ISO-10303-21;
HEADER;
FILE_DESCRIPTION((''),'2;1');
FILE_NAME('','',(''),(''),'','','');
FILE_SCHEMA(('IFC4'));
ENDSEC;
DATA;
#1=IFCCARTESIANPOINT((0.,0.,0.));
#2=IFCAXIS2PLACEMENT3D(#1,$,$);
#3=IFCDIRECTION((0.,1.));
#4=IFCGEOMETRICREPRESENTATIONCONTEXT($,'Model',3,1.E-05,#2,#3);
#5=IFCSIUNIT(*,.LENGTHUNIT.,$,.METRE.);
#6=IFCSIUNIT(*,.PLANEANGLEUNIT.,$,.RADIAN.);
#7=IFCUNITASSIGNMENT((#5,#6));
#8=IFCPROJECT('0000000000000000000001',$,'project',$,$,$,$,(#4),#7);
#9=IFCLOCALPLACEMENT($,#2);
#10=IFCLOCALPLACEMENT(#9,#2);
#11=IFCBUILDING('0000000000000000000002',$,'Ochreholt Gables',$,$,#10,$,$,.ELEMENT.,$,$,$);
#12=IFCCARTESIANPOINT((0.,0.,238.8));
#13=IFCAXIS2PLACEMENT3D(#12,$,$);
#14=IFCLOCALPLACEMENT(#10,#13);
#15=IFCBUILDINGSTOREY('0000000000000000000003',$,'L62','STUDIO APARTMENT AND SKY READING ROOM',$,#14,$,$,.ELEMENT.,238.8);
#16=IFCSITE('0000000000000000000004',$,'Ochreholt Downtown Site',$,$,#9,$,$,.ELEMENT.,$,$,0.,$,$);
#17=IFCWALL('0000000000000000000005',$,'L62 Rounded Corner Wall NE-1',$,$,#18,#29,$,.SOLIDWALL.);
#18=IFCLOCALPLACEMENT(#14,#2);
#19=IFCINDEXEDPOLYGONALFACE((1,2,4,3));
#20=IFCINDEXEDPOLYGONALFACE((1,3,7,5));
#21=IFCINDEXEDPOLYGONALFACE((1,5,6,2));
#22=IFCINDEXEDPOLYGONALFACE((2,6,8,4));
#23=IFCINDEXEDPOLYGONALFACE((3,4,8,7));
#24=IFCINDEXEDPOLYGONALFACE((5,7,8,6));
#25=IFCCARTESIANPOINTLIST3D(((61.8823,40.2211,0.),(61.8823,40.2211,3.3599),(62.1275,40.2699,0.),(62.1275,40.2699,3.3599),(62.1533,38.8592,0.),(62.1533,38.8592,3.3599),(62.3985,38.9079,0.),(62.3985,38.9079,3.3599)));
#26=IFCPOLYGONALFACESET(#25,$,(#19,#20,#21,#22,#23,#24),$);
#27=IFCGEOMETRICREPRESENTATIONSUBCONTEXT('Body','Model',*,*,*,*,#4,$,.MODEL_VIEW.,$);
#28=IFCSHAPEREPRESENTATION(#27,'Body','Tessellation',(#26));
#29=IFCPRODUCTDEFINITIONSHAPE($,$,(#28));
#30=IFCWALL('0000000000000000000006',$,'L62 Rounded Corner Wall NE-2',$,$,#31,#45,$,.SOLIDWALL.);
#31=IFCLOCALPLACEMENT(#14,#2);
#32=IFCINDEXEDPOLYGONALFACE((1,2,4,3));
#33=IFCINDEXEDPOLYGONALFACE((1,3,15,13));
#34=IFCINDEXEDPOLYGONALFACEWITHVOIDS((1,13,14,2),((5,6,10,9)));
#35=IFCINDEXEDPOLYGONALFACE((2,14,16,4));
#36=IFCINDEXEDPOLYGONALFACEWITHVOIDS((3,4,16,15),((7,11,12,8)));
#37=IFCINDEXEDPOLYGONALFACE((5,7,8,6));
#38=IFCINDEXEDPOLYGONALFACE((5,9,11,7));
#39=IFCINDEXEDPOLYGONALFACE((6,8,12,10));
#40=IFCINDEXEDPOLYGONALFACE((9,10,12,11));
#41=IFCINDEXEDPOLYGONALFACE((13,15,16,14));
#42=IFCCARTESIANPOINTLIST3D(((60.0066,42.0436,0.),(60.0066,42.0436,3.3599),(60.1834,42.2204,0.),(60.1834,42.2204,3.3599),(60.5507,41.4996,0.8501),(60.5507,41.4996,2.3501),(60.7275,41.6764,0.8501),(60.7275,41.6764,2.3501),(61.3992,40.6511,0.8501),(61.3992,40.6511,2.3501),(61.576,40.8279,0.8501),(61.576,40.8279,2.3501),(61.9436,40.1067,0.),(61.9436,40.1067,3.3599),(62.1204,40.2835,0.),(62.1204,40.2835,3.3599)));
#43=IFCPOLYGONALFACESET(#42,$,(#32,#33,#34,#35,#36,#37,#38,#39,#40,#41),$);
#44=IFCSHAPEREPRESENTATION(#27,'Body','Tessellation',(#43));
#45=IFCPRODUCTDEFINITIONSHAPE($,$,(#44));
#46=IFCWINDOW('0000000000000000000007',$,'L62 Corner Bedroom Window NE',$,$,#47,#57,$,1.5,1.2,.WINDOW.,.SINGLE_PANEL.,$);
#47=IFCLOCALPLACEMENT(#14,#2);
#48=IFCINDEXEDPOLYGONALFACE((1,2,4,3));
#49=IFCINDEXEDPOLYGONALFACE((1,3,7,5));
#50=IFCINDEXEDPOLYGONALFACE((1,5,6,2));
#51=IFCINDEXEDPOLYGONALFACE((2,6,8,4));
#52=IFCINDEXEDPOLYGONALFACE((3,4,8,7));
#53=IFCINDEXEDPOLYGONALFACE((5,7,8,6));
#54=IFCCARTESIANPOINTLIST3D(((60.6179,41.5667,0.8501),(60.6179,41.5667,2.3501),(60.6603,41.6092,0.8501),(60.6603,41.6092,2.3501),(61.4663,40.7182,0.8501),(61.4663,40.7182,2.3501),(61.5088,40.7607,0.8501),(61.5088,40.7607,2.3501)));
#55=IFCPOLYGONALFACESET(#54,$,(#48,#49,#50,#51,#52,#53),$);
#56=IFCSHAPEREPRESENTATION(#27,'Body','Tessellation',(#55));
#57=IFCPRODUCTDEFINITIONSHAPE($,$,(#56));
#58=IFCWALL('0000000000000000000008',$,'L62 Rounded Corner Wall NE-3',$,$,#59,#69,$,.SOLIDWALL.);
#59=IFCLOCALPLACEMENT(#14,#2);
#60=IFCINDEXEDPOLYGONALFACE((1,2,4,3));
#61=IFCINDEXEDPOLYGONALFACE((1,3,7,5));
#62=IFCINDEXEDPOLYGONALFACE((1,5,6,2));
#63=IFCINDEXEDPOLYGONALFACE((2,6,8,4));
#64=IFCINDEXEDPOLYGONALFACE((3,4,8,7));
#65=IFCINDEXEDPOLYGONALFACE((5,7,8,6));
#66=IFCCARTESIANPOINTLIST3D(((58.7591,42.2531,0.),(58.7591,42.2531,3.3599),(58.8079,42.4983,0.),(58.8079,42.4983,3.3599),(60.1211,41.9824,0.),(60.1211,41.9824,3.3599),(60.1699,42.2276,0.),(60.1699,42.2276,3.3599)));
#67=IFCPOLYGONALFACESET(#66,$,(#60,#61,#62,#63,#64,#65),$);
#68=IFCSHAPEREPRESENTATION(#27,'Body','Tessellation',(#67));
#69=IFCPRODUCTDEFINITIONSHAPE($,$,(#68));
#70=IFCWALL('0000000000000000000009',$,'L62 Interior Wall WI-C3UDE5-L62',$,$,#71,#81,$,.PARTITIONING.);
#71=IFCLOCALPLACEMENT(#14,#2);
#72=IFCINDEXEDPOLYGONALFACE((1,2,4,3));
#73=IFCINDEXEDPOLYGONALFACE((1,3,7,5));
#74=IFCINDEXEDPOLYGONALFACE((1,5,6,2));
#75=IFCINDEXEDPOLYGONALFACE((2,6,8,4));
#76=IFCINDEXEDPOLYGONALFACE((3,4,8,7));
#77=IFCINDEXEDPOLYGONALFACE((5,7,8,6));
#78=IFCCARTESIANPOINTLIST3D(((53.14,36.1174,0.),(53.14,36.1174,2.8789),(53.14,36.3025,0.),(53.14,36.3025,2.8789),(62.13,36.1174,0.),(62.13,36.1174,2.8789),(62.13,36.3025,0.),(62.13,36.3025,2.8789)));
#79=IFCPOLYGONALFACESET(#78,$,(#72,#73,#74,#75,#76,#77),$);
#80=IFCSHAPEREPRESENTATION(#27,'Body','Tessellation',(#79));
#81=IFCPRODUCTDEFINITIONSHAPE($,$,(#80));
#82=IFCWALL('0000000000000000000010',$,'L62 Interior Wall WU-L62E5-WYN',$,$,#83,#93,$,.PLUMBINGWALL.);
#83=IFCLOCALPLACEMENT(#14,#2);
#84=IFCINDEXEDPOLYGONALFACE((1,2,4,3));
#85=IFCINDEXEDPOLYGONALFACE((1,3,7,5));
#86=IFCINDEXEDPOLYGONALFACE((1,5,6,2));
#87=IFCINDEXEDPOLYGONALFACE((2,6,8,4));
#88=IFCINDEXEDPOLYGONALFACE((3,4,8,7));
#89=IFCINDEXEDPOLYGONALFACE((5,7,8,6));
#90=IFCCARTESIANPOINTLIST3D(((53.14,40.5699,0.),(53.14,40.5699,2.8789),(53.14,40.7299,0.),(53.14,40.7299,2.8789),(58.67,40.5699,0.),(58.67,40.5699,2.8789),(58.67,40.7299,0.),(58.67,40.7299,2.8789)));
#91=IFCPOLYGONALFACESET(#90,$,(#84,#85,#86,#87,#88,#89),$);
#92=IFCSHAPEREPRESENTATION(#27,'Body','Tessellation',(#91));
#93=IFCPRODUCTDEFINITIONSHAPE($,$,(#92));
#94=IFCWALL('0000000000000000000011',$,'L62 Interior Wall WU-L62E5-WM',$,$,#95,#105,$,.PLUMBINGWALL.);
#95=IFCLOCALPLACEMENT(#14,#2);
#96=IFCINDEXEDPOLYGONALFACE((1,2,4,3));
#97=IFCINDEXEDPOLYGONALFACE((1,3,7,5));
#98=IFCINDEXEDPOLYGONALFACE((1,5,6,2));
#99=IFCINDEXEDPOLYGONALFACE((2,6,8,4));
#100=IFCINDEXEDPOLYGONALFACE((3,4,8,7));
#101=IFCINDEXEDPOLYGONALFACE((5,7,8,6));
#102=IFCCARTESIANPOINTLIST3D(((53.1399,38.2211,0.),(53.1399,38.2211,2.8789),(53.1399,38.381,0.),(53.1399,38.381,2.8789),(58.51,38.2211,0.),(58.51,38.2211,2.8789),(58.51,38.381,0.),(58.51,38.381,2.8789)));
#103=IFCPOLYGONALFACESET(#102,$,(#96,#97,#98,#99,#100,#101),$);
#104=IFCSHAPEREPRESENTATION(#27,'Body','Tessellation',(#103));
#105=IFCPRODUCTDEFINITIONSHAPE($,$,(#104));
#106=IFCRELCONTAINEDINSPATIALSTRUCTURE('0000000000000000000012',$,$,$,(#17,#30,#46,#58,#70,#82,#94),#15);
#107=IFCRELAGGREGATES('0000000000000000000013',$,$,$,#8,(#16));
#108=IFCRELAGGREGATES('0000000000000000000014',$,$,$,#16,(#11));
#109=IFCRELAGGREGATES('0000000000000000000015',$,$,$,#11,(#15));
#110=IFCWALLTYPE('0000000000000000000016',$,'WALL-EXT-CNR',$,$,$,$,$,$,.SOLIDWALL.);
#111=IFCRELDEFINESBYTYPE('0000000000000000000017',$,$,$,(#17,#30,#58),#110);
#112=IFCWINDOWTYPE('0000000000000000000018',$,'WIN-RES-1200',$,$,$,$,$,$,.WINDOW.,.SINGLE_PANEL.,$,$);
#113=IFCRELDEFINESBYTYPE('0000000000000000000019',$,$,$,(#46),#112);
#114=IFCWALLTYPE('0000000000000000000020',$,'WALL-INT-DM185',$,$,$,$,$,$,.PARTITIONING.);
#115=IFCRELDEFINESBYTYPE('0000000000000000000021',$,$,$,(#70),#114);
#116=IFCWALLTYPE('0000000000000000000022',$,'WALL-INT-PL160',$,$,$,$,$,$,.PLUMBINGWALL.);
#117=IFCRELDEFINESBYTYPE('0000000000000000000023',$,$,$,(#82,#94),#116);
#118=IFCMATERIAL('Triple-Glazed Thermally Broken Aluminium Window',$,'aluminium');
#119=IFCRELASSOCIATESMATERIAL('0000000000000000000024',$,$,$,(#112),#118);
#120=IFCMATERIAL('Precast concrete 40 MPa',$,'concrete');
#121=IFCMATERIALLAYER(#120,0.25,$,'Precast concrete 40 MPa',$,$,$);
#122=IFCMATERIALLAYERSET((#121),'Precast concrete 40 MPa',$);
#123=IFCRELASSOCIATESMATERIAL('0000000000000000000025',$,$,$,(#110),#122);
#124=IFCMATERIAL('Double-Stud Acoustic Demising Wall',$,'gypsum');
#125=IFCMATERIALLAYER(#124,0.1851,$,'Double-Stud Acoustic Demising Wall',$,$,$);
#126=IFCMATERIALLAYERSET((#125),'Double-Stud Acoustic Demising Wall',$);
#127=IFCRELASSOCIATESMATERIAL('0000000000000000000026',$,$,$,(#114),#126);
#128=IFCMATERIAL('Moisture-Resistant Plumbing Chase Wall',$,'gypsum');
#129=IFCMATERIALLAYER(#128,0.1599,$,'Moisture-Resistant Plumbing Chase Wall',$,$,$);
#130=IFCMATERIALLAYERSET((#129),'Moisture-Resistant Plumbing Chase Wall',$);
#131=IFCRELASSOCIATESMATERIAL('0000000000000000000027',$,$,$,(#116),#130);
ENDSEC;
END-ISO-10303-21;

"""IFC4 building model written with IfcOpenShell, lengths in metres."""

from ifc_helpers import new_model, si_unit, direction, frame, frame_2d, origin, place, context, subcontext, project, spatial, rectangle, extrude, material, layer, layer_set, type_object, element, fill, save


model = new_model("IFC4")

# Units and contexts
model_context = context("Model", 3, precision=1e-05, world=origin(), true_north=direction((0.0, 1.0)))
body_context = subcontext(model_context, "Body", "Model", "MODEL_VIEW")
ifc_project = project(units=[si_unit("LENGTHUNIT", "METRE"), si_unit("PLANEANGLEUNIT", "RADIAN")], contexts=[model_context])

# Site, building, storey
site_placement = place(None, origin())
site = spatial("IfcSite", under=ifc_project, at=site_placement, Name="Ochreholt Downtown Site", CompositionType="ELEMENT", RefElevation=0.0)
building_placement = place(site_placement, origin())
building = spatial("IfcBuilding", under=site, at=building_placement, Name="Ochreholt Gables", CompositionType="ELEMENT")
storey_placement = place(building_placement, frame((0.0, 0.0, 238.8)))
storey = spatial("IfcBuildingStorey", under=building, at=storey_placement, Name="L62", Description="STUDIO APARTMENT AND SKY READING ROOM", CompositionType="ELEMENT", Elevation=238.8)

# Shared definitions
ifc_material_1 = material(Name="Precast concrete 40 MPa", Category="concrete")
ifc_material_2 = material(Name="Triple-Glazed Thermally Broken Aluminium Window", Category="aluminium")
window_type = type_object("IfcWindowType", Name="WIN-RES-1200", PartitioningType="SINGLE_PANEL", PredefinedType="WINDOW", material=ifc_material_2)

# Wall
ifc_layer_1 = layer(ifc_material_1, 0.25, Name="Precast concrete 40 MPa")
ifc_layer_set_1 = layer_set([ifc_layer_1], Name="Precast concrete 40 MPa")
wall_type_1 = type_object("IfcWallType", Name="WALL-EXT-CNR", PredefinedType="SOLIDWALL", material=ifc_layer_set_1)
wall_1_placement = place(storey_placement, frame((62.2759, 38.8835, 0.0), z_axis=(0.0, 0.0, 1.0), x_axis=(-0.195136, 0.980776, 0.0)))
element("IfcWall", 1, at=wall_1_placement, inside=storey, type_object=wall_type_1, Name="L62 Rounded Corner Wall NE-1", PredefinedType="SOLIDWALL", context=body_context, shape_type="SweptSolid", body=[
    extrude(rectangle(XDim=1.3887, YDim=0.25, at=frame_2d((0.6943, 0.0))), origin(), (0.0, 0.0, 1.0), 3.3599),
])

# Wall, opening, window
wall_2_placement = place(storey_placement, frame((62.032, 40.1951, 0.0), z_axis=(0.0, 0.0, 1.0), x_axis=(-0.707107, 0.707107, 0.0)))
wall_2 = element("IfcWall", 2, at=wall_2_placement, inside=storey, type_object=wall_type_1, Name="L62 Rounded Corner Wall NE-2", PredefinedType="SOLIDWALL", context=body_context, shape_type="SweptSolid", body=[
    extrude(rectangle(XDim=2.7393, YDim=0.25, at=frame_2d((1.3696, 0.0))), origin(), (0.0, 0.0, 1.0), 3.3599),
])
opening_1_placement = place(wall_2_placement, frame((0.7698, 0.0, 0.8501)))
opening_1 = element("IfcOpeningElement", 3, at=opening_1_placement, cuts=wall_2, PredefinedType="OPENING", context=body_context, shape_type="SweptSolid", body=[
    extrude(rectangle(XDim=1.2, YDim=1.5, at=frame_2d((0.6001, 0.75))), frame((0.0, 0.135, 0.0), z_axis=(0.0, -1.0, 0.0), x_axis=(1.0, 0.0, 0.0)), (0.0, 0.0, 1.0), 0.27),
])
window_1_placement = place(opening_1_placement, origin())
window_1 = element("IfcWindow", 4, at=window_1_placement, inside=storey, type_object=window_type, Name="L62 Corner Bedroom Window NE", OverallHeight=1.5, OverallWidth=1.2, PartitioningType="SINGLE_PANEL", PredefinedType="WINDOW", context=body_context, shape_type="SweptSolid", body=[
    extrude(rectangle(XDim=1.2, YDim=1.5, at=frame_2d((0.6001, 0.75))), frame((0.0, 0.03, 0.0), z_axis=(0.0, -1.0, 0.0), x_axis=(1.0, 0.0, 0.0)), (0.0, 0.0, 1.0), 0.0601),
])
fill(opening_1, window_1)

# Walls
wall_3_placement = place(storey_placement, frame((60.1455, 42.105, 0.0), z_axis=(0.0, 0.0, 1.0), x_axis=(-0.98081, 0.194967, 0.0)))
element("IfcWall", 5, at=wall_3_placement, inside=storey, type_object=wall_type_1, Name="L62 Rounded Corner Wall NE-3", PredefinedType="SOLIDWALL", context=body_context, shape_type="SweptSolid", body=[
    extrude(rectangle(XDim=1.3887, YDim=0.25, at=frame_2d((0.6943, 0.0))), origin(), (0.0, 0.0, 1.0), 3.3599),
])
ifc_material_3 = material(Name="Double-Stud Acoustic Demising Wall", Category="gypsum")
ifc_layer_2 = layer(ifc_material_3, 0.1851, Name="Double-Stud Acoustic Demising Wall")
ifc_layer_set_2 = layer_set([ifc_layer_2], Name="Double-Stud Acoustic Demising Wall")
wall_type_2 = type_object("IfcWallType", Name="WALL-INT-DM185", PredefinedType="PARTITIONING", material=ifc_layer_set_2)
wall_4_placement = place(storey_placement, frame((53.1399, 36.21, 0.0), z_axis=(0.0, 0.0, 1.0), x_axis=(1.0, 0.0, 0.0)))
element("IfcWall", 6, at=wall_4_placement, inside=storey, type_object=wall_type_2, Name="L62 Interior Wall WI-C3UDE5-L62", PredefinedType="PARTITIONING", context=body_context, shape_type="SweptSolid", body=[
    extrude(rectangle(XDim=8.99, YDim=0.1851, at=frame_2d((4.4951, 0.0))), origin(), (0.0, 0.0, 1.0), 2.8789),
])
ifc_material_4 = material(Name="Moisture-Resistant Plumbing Chase Wall", Category="gypsum")
ifc_layer_3 = layer(ifc_material_4, 0.1599, Name="Moisture-Resistant Plumbing Chase Wall")
ifc_layer_set_3 = layer_set([ifc_layer_3], Name="Moisture-Resistant Plumbing Chase Wall")
wall_type_3 = type_object("IfcWallType", Name="WALL-INT-PL160", PredefinedType="PLUMBINGWALL", material=ifc_layer_set_3)
wall_5_placement = place(storey_placement, frame((53.1399, 40.6499, 0.0), z_axis=(0.0, 0.0, 1.0), x_axis=(1.0, 0.0, 0.0)))
element("IfcWall", 7, at=wall_5_placement, inside=storey, type_object=wall_type_3, Name="L62 Interior Wall WU-L62E5-WYN", PredefinedType="PLUMBINGWALL", context=body_context, shape_type="SweptSolid", body=[
    extrude(rectangle(XDim=5.53, YDim=0.1599, at=frame_2d((2.7651, 0.0))), origin(), (0.0, 0.0, 1.0), 2.8789),
])

# Wall
wall_6_placement = place(storey_placement, frame((53.1399, 38.301, 0.0), z_axis=(0.0, 0.0, 1.0), x_axis=(1.0, 0.0, 0.0)))
element("IfcWall", 8, at=wall_6_placement, inside=storey, type_object=wall_type_3, Name="L62 Interior Wall WU-L62E5-WM", PredefinedType="PLUMBINGWALL", context=body_context, shape_type="SweptSolid", body=[
    extrude(rectangle(XDim=5.3701, YDim=0.1599, at=frame_2d((2.6851, 0.0))), origin(), (0.0, 0.0, 1.0), 2.8789),
])

save(model, "model.ifc")
